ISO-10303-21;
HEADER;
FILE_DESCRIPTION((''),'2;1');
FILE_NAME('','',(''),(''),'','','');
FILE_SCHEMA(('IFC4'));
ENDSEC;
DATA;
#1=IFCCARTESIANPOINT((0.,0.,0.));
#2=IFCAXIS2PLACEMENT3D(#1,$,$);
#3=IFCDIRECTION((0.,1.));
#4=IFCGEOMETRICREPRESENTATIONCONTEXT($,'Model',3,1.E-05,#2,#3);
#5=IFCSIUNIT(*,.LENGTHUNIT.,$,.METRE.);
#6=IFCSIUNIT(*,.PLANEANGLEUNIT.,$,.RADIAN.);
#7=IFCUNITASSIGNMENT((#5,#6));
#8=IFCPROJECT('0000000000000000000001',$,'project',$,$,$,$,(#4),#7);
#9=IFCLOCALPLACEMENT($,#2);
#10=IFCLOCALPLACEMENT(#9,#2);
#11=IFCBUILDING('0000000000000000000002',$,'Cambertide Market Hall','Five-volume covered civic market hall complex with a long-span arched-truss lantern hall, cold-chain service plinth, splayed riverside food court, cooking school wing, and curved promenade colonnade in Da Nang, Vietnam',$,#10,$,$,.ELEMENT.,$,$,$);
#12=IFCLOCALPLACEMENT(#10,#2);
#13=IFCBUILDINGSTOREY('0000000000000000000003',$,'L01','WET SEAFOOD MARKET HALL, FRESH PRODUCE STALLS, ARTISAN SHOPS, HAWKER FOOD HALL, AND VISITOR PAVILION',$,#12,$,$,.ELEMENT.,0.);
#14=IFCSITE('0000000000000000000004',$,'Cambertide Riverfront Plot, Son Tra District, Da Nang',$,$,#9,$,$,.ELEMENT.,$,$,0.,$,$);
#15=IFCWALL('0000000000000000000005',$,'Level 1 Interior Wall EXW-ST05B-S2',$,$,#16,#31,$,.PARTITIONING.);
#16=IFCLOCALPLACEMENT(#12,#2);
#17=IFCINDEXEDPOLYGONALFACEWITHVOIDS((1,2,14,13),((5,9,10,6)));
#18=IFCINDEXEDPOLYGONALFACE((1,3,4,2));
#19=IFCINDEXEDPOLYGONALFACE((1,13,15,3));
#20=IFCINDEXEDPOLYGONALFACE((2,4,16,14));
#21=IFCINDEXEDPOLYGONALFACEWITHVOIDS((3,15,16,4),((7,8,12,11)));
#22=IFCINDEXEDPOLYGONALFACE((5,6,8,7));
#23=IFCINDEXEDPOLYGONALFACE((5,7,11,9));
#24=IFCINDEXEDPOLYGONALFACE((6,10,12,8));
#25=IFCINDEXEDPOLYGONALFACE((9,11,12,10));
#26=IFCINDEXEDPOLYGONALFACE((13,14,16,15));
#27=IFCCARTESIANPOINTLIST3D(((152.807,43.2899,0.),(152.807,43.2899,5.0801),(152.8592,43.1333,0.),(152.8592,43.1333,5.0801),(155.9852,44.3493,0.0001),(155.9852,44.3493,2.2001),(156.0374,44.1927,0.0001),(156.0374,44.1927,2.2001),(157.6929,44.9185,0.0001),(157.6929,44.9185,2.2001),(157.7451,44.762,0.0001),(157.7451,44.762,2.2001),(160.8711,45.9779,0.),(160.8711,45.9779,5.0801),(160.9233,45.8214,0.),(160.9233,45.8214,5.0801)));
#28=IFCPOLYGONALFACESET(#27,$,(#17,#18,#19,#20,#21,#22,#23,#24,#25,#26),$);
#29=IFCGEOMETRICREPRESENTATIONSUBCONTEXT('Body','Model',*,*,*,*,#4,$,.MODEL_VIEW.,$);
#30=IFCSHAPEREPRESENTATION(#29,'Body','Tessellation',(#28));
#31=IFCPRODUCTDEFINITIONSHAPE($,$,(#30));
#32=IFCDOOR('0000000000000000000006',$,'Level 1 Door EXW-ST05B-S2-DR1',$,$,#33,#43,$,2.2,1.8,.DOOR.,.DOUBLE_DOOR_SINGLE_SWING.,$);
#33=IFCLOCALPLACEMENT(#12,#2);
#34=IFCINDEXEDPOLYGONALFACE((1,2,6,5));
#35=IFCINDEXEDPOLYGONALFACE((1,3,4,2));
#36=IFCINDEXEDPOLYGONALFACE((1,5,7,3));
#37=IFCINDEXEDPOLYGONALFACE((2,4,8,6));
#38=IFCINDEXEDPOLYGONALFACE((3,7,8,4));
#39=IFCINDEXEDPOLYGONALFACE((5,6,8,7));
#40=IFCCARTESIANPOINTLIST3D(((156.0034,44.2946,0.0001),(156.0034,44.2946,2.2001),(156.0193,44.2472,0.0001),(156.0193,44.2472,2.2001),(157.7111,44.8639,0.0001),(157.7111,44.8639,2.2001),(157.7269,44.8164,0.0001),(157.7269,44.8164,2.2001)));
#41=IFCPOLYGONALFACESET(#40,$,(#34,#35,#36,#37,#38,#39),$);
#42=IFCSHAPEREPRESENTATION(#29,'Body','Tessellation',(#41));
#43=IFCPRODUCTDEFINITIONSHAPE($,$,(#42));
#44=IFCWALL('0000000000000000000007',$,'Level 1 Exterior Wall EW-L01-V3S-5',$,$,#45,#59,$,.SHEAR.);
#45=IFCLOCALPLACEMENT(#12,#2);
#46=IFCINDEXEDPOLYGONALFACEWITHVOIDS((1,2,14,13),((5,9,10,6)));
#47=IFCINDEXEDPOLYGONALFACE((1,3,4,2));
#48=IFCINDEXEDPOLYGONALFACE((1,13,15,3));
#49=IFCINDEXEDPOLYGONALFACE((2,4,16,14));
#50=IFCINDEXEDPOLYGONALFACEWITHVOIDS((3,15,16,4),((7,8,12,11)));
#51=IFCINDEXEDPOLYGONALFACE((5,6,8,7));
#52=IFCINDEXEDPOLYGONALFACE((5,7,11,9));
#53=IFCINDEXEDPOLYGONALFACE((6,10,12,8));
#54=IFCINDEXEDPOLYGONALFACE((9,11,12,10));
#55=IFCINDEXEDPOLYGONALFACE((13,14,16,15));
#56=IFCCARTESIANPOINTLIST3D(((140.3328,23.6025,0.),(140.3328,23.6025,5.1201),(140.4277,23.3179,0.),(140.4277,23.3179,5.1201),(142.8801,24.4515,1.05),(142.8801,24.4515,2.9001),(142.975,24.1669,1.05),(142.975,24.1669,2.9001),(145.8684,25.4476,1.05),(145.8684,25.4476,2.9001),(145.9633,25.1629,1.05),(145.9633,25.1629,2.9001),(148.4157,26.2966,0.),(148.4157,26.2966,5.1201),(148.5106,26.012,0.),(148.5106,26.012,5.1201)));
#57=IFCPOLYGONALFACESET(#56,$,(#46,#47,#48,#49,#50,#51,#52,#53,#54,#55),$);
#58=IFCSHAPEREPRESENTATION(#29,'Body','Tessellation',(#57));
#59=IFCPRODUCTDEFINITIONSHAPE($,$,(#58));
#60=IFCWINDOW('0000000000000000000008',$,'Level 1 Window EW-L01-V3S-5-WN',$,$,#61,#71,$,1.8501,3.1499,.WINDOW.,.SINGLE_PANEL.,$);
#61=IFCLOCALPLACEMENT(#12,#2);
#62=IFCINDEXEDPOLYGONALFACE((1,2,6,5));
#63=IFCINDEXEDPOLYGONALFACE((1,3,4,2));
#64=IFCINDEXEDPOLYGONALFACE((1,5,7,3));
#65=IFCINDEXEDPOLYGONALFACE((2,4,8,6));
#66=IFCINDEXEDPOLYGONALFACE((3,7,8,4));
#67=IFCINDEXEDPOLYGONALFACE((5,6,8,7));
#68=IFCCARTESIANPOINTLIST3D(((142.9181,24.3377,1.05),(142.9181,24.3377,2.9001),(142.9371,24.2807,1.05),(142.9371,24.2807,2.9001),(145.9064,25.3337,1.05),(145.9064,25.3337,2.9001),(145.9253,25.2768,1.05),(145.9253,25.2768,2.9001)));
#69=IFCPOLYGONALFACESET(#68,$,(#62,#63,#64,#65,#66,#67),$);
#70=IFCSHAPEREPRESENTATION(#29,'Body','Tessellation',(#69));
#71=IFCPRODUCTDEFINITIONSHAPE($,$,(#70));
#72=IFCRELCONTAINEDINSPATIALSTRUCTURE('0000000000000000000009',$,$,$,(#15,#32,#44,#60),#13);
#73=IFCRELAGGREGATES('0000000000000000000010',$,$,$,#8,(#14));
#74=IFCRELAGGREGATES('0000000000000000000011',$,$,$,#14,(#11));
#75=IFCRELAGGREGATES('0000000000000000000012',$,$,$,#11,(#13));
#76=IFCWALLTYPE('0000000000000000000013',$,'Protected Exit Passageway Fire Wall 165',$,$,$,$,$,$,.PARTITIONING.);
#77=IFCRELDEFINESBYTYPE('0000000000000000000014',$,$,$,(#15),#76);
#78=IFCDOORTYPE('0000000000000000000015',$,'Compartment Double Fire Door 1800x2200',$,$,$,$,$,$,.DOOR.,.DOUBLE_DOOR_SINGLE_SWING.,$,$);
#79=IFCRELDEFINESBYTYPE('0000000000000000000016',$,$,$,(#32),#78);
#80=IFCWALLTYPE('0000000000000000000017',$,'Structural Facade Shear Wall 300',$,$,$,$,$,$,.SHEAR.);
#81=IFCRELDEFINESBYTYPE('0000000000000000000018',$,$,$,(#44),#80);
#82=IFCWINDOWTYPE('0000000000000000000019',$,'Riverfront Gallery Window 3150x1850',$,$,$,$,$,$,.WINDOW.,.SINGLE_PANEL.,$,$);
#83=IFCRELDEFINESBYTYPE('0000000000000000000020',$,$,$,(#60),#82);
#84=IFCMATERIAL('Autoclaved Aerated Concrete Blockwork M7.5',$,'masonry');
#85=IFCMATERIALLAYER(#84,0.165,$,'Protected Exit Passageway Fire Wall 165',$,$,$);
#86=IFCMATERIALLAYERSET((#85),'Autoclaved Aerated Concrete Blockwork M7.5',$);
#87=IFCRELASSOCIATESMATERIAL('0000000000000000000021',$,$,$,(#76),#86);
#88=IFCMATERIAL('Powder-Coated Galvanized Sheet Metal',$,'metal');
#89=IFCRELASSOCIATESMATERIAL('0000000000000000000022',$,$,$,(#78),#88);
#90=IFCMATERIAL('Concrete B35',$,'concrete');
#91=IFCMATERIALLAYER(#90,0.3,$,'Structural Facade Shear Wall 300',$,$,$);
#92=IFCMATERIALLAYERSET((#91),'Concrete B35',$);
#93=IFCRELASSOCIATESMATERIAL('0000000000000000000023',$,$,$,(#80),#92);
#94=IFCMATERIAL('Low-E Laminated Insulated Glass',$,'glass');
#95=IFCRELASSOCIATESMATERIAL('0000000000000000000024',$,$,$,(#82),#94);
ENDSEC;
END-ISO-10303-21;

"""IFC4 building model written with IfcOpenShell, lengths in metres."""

from ifc_helpers import new_model, si_unit, direction, frame, frame_2d, origin, place, context, subcontext, project, spatial, rectangle, extrude, material, layer, layer_set, type_object, element, fill, save


model = new_model("IFC4")

# Units and contexts
model_context = context("Model", 3, precision=1e-05, world=origin(), true_north=direction((0.0, 1.0)))
body_context = subcontext(model_context, "Body", "Model", "MODEL_VIEW")
ifc_project = project(units=[si_unit("LENGTHUNIT", "METRE"), si_unit("PLANEANGLEUNIT", "RADIAN")], contexts=[model_context])

# Site, building, storey
site_placement = place(None, origin())
site = spatial("IfcSite", under=ifc_project, at=site_placement, Name="Cambertide Riverfront Plot, Son Tra District, Da Nang", CompositionType="ELEMENT", RefElevation=0.0)
building_placement = place(site_placement, origin())
building = spatial("IfcBuilding", under=site, at=building_placement, Name="Cambertide Market Hall", Description="Five-volume covered civic market hall complex with a long-span arched-truss lantern hall, cold-chain service plinth, splayed riverside food court, cooking school wing, and curved promenade colonnade in Da Nang, Vietnam", CompositionType="ELEMENT")
storey_placement = place(building_placement, origin())
storey = spatial("IfcBuildingStorey", under=building, at=storey_placement, Name="L01", Description="WET SEAFOOD MARKET HALL, FRESH PRODUCE STALLS, ARTISAN SHOPS, HAWKER FOOD HALL, AND VISITOR PAVILION", CompositionType="ELEMENT", Elevation=0.0)

# Wall, opening, door
ifc_material_1 = material(Name="Autoclaved Aerated Concrete Blockwork M7.5", Category="masonry")
ifc_layer_1 = layer(ifc_material_1, 0.165, Name="Protected Exit Passageway Fire Wall 165")
ifc_layer_set_1 = layer_set([ifc_layer_1], Name="Autoclaved Aerated Concrete Blockwork M7.5")
wall_type_1 = type_object("IfcWallType", Name="Protected Exit Passageway Fire Wall 165", PredefinedType="PARTITIONING", material=ifc_layer_set_1)
wall_1_placement = place(storey_placement, frame((152.8333, 43.2117, 0.0), z_axis=(0.0, 0.0, 1.0), x_axis=(0.948683, 0.316228, 0.0)))
wall_1 = element("IfcWall", 1, at=wall_1_placement, inside=storey, type_object=wall_type_1, Name="Level 1 Interior Wall EXW-ST05B-S2", PredefinedType="PARTITIONING", context=body_context, shape_type="SweptSolid", body=[
    extrude(rectangle(XDim=8.5002, YDim=0.165, at=frame_2d((4.25, 0.0))), origin(), (0.0, 0.0, 1.0), 5.0801),
])
opening_1_placement = place(wall_1_placement, frame((3.3501, 0.0, 0.0)))
opening_1 = element("IfcOpeningElement", 2, at=opening_1_placement, cuts=wall_1, PredefinedType="OPENING", context=body_context, shape_type="SweptSolid", body=[
    extrude(rectangle(XDim=1.8, YDim=2.2, at=frame_2d((0.8999, 1.1001))), frame((0.0, 0.0925, 0.0), z_axis=(0.0, -1.0, 0.0), x_axis=(1.0, 0.0, 0.0)), (0.0, 0.0, 1.0), 0.1851),
])
ifc_material_2 = material(Name="Powder-Coated Galvanized Sheet Metal", Category="metal")
door_type_1 = type_object("IfcDoorType", Name="Compartment Double Fire Door 1800x2200", OperationType="DOUBLE_DOOR_SINGLE_SWING", PredefinedType="DOOR", material=ifc_material_2)
door_1_placement = place(opening_1_placement, origin())
door_1 = element("IfcDoor", 3, at=door_1_placement, inside=storey, type_object=door_type_1, Name="Level 1 Door EXW-ST05B-S2-DR1", OperationType="DOUBLE_DOOR_SINGLE_SWING", OverallHeight=2.2, OverallWidth=1.8, PredefinedType="DOOR", context=body_context, shape_type="SweptSolid", body=[
    extrude(rectangle(XDim=1.8, YDim=2.2, at=frame_2d((0.8999, 1.1001))), frame((0.0, 0.0249, 0.0), z_axis=(0.0, -1.0, 0.0), x_axis=(1.0, 0.0, 0.0)), (0.0, 0.0, 1.0), 0.05),
])
fill(opening_1, door_1)

# Wall, opening, window
ifc_material_3 = material(Name="Concrete B35", Category="concrete")
ifc_layer_2 = layer(ifc_material_3, 0.3, Name="Structural Facade Shear Wall 300")
ifc_layer_set_2 = layer_set([ifc_layer_2], Name="Concrete B35")
wall_type_2 = type_object("IfcWallType", Name="Structural Facade Shear Wall 300", PredefinedType="SHEAR", material=ifc_layer_set_2)
wall_2_placement = place(storey_placement, frame((148.4631, 26.1543, 0.0), z_axis=(0.0, 0.0, 1.0), x_axis=(-0.948689, -0.316211, 0.0)))
wall_2 = element("IfcWall", 4, at=wall_2_placement, inside=storey, type_object=wall_type_2, Name="Level 1 Exterior Wall EW-L01-V3S-5", PredefinedType="SHEAR", context=body_context, shape_type="SweptSolid", body=[
    extrude(rectangle(XDim=8.52, YDim=0.3, at=frame_2d((4.26, 0.0))), origin(), (0.0, 0.0, 1.0), 5.1201),
])
opening_2_placement = place(wall_2_placement, frame((2.6851, 0.0, 1.05)))
opening_2 = element("IfcOpeningElement", 5, at=opening_2_placement, cuts=wall_2, PredefinedType="OPENING", context=body_context, shape_type="SweptSolid", body=[
    extrude(rectangle(XDim=3.1499, YDim=1.8501, at=frame_2d((1.575, 0.925))), frame((0.0, 0.1599, 0.0), z_axis=(0.0, -1.0, 0.0), x_axis=(1.0, 0.0, 0.0)), (0.0, 0.0, 1.0), 0.3201),
])
ifc_material_4 = material(Name="Low-E Laminated Insulated Glass", Category="glass")
window_type = type_object("IfcWindowType", Name="Riverfront Gallery Window 3150x1850", PartitioningType="SINGLE_PANEL", PredefinedType="WINDOW", material=ifc_material_4)
window_placement = place(opening_2_placement, origin())
window = element("IfcWindow", 6, at=window_placement, inside=storey, type_object=window_type, Name="Level 1 Window EW-L01-V3S-5-WN", OverallHeight=1.8501, OverallWidth=3.1499, PartitioningType="SINGLE_PANEL", PredefinedType="WINDOW", context=body_context, shape_type="SweptSolid", body=[
    extrude(rectangle(XDim=3.1499, YDim=1.8501, at=frame_2d((1.575, 0.925))), frame((0.0, 0.03, 0.0), z_axis=(0.0, -1.0, 0.0), x_axis=(1.0, 0.0, 0.0)), (0.0, 0.0, 1.0), 0.0601),
])
fill(opening_2, window)

save(model, "model.ifc")
